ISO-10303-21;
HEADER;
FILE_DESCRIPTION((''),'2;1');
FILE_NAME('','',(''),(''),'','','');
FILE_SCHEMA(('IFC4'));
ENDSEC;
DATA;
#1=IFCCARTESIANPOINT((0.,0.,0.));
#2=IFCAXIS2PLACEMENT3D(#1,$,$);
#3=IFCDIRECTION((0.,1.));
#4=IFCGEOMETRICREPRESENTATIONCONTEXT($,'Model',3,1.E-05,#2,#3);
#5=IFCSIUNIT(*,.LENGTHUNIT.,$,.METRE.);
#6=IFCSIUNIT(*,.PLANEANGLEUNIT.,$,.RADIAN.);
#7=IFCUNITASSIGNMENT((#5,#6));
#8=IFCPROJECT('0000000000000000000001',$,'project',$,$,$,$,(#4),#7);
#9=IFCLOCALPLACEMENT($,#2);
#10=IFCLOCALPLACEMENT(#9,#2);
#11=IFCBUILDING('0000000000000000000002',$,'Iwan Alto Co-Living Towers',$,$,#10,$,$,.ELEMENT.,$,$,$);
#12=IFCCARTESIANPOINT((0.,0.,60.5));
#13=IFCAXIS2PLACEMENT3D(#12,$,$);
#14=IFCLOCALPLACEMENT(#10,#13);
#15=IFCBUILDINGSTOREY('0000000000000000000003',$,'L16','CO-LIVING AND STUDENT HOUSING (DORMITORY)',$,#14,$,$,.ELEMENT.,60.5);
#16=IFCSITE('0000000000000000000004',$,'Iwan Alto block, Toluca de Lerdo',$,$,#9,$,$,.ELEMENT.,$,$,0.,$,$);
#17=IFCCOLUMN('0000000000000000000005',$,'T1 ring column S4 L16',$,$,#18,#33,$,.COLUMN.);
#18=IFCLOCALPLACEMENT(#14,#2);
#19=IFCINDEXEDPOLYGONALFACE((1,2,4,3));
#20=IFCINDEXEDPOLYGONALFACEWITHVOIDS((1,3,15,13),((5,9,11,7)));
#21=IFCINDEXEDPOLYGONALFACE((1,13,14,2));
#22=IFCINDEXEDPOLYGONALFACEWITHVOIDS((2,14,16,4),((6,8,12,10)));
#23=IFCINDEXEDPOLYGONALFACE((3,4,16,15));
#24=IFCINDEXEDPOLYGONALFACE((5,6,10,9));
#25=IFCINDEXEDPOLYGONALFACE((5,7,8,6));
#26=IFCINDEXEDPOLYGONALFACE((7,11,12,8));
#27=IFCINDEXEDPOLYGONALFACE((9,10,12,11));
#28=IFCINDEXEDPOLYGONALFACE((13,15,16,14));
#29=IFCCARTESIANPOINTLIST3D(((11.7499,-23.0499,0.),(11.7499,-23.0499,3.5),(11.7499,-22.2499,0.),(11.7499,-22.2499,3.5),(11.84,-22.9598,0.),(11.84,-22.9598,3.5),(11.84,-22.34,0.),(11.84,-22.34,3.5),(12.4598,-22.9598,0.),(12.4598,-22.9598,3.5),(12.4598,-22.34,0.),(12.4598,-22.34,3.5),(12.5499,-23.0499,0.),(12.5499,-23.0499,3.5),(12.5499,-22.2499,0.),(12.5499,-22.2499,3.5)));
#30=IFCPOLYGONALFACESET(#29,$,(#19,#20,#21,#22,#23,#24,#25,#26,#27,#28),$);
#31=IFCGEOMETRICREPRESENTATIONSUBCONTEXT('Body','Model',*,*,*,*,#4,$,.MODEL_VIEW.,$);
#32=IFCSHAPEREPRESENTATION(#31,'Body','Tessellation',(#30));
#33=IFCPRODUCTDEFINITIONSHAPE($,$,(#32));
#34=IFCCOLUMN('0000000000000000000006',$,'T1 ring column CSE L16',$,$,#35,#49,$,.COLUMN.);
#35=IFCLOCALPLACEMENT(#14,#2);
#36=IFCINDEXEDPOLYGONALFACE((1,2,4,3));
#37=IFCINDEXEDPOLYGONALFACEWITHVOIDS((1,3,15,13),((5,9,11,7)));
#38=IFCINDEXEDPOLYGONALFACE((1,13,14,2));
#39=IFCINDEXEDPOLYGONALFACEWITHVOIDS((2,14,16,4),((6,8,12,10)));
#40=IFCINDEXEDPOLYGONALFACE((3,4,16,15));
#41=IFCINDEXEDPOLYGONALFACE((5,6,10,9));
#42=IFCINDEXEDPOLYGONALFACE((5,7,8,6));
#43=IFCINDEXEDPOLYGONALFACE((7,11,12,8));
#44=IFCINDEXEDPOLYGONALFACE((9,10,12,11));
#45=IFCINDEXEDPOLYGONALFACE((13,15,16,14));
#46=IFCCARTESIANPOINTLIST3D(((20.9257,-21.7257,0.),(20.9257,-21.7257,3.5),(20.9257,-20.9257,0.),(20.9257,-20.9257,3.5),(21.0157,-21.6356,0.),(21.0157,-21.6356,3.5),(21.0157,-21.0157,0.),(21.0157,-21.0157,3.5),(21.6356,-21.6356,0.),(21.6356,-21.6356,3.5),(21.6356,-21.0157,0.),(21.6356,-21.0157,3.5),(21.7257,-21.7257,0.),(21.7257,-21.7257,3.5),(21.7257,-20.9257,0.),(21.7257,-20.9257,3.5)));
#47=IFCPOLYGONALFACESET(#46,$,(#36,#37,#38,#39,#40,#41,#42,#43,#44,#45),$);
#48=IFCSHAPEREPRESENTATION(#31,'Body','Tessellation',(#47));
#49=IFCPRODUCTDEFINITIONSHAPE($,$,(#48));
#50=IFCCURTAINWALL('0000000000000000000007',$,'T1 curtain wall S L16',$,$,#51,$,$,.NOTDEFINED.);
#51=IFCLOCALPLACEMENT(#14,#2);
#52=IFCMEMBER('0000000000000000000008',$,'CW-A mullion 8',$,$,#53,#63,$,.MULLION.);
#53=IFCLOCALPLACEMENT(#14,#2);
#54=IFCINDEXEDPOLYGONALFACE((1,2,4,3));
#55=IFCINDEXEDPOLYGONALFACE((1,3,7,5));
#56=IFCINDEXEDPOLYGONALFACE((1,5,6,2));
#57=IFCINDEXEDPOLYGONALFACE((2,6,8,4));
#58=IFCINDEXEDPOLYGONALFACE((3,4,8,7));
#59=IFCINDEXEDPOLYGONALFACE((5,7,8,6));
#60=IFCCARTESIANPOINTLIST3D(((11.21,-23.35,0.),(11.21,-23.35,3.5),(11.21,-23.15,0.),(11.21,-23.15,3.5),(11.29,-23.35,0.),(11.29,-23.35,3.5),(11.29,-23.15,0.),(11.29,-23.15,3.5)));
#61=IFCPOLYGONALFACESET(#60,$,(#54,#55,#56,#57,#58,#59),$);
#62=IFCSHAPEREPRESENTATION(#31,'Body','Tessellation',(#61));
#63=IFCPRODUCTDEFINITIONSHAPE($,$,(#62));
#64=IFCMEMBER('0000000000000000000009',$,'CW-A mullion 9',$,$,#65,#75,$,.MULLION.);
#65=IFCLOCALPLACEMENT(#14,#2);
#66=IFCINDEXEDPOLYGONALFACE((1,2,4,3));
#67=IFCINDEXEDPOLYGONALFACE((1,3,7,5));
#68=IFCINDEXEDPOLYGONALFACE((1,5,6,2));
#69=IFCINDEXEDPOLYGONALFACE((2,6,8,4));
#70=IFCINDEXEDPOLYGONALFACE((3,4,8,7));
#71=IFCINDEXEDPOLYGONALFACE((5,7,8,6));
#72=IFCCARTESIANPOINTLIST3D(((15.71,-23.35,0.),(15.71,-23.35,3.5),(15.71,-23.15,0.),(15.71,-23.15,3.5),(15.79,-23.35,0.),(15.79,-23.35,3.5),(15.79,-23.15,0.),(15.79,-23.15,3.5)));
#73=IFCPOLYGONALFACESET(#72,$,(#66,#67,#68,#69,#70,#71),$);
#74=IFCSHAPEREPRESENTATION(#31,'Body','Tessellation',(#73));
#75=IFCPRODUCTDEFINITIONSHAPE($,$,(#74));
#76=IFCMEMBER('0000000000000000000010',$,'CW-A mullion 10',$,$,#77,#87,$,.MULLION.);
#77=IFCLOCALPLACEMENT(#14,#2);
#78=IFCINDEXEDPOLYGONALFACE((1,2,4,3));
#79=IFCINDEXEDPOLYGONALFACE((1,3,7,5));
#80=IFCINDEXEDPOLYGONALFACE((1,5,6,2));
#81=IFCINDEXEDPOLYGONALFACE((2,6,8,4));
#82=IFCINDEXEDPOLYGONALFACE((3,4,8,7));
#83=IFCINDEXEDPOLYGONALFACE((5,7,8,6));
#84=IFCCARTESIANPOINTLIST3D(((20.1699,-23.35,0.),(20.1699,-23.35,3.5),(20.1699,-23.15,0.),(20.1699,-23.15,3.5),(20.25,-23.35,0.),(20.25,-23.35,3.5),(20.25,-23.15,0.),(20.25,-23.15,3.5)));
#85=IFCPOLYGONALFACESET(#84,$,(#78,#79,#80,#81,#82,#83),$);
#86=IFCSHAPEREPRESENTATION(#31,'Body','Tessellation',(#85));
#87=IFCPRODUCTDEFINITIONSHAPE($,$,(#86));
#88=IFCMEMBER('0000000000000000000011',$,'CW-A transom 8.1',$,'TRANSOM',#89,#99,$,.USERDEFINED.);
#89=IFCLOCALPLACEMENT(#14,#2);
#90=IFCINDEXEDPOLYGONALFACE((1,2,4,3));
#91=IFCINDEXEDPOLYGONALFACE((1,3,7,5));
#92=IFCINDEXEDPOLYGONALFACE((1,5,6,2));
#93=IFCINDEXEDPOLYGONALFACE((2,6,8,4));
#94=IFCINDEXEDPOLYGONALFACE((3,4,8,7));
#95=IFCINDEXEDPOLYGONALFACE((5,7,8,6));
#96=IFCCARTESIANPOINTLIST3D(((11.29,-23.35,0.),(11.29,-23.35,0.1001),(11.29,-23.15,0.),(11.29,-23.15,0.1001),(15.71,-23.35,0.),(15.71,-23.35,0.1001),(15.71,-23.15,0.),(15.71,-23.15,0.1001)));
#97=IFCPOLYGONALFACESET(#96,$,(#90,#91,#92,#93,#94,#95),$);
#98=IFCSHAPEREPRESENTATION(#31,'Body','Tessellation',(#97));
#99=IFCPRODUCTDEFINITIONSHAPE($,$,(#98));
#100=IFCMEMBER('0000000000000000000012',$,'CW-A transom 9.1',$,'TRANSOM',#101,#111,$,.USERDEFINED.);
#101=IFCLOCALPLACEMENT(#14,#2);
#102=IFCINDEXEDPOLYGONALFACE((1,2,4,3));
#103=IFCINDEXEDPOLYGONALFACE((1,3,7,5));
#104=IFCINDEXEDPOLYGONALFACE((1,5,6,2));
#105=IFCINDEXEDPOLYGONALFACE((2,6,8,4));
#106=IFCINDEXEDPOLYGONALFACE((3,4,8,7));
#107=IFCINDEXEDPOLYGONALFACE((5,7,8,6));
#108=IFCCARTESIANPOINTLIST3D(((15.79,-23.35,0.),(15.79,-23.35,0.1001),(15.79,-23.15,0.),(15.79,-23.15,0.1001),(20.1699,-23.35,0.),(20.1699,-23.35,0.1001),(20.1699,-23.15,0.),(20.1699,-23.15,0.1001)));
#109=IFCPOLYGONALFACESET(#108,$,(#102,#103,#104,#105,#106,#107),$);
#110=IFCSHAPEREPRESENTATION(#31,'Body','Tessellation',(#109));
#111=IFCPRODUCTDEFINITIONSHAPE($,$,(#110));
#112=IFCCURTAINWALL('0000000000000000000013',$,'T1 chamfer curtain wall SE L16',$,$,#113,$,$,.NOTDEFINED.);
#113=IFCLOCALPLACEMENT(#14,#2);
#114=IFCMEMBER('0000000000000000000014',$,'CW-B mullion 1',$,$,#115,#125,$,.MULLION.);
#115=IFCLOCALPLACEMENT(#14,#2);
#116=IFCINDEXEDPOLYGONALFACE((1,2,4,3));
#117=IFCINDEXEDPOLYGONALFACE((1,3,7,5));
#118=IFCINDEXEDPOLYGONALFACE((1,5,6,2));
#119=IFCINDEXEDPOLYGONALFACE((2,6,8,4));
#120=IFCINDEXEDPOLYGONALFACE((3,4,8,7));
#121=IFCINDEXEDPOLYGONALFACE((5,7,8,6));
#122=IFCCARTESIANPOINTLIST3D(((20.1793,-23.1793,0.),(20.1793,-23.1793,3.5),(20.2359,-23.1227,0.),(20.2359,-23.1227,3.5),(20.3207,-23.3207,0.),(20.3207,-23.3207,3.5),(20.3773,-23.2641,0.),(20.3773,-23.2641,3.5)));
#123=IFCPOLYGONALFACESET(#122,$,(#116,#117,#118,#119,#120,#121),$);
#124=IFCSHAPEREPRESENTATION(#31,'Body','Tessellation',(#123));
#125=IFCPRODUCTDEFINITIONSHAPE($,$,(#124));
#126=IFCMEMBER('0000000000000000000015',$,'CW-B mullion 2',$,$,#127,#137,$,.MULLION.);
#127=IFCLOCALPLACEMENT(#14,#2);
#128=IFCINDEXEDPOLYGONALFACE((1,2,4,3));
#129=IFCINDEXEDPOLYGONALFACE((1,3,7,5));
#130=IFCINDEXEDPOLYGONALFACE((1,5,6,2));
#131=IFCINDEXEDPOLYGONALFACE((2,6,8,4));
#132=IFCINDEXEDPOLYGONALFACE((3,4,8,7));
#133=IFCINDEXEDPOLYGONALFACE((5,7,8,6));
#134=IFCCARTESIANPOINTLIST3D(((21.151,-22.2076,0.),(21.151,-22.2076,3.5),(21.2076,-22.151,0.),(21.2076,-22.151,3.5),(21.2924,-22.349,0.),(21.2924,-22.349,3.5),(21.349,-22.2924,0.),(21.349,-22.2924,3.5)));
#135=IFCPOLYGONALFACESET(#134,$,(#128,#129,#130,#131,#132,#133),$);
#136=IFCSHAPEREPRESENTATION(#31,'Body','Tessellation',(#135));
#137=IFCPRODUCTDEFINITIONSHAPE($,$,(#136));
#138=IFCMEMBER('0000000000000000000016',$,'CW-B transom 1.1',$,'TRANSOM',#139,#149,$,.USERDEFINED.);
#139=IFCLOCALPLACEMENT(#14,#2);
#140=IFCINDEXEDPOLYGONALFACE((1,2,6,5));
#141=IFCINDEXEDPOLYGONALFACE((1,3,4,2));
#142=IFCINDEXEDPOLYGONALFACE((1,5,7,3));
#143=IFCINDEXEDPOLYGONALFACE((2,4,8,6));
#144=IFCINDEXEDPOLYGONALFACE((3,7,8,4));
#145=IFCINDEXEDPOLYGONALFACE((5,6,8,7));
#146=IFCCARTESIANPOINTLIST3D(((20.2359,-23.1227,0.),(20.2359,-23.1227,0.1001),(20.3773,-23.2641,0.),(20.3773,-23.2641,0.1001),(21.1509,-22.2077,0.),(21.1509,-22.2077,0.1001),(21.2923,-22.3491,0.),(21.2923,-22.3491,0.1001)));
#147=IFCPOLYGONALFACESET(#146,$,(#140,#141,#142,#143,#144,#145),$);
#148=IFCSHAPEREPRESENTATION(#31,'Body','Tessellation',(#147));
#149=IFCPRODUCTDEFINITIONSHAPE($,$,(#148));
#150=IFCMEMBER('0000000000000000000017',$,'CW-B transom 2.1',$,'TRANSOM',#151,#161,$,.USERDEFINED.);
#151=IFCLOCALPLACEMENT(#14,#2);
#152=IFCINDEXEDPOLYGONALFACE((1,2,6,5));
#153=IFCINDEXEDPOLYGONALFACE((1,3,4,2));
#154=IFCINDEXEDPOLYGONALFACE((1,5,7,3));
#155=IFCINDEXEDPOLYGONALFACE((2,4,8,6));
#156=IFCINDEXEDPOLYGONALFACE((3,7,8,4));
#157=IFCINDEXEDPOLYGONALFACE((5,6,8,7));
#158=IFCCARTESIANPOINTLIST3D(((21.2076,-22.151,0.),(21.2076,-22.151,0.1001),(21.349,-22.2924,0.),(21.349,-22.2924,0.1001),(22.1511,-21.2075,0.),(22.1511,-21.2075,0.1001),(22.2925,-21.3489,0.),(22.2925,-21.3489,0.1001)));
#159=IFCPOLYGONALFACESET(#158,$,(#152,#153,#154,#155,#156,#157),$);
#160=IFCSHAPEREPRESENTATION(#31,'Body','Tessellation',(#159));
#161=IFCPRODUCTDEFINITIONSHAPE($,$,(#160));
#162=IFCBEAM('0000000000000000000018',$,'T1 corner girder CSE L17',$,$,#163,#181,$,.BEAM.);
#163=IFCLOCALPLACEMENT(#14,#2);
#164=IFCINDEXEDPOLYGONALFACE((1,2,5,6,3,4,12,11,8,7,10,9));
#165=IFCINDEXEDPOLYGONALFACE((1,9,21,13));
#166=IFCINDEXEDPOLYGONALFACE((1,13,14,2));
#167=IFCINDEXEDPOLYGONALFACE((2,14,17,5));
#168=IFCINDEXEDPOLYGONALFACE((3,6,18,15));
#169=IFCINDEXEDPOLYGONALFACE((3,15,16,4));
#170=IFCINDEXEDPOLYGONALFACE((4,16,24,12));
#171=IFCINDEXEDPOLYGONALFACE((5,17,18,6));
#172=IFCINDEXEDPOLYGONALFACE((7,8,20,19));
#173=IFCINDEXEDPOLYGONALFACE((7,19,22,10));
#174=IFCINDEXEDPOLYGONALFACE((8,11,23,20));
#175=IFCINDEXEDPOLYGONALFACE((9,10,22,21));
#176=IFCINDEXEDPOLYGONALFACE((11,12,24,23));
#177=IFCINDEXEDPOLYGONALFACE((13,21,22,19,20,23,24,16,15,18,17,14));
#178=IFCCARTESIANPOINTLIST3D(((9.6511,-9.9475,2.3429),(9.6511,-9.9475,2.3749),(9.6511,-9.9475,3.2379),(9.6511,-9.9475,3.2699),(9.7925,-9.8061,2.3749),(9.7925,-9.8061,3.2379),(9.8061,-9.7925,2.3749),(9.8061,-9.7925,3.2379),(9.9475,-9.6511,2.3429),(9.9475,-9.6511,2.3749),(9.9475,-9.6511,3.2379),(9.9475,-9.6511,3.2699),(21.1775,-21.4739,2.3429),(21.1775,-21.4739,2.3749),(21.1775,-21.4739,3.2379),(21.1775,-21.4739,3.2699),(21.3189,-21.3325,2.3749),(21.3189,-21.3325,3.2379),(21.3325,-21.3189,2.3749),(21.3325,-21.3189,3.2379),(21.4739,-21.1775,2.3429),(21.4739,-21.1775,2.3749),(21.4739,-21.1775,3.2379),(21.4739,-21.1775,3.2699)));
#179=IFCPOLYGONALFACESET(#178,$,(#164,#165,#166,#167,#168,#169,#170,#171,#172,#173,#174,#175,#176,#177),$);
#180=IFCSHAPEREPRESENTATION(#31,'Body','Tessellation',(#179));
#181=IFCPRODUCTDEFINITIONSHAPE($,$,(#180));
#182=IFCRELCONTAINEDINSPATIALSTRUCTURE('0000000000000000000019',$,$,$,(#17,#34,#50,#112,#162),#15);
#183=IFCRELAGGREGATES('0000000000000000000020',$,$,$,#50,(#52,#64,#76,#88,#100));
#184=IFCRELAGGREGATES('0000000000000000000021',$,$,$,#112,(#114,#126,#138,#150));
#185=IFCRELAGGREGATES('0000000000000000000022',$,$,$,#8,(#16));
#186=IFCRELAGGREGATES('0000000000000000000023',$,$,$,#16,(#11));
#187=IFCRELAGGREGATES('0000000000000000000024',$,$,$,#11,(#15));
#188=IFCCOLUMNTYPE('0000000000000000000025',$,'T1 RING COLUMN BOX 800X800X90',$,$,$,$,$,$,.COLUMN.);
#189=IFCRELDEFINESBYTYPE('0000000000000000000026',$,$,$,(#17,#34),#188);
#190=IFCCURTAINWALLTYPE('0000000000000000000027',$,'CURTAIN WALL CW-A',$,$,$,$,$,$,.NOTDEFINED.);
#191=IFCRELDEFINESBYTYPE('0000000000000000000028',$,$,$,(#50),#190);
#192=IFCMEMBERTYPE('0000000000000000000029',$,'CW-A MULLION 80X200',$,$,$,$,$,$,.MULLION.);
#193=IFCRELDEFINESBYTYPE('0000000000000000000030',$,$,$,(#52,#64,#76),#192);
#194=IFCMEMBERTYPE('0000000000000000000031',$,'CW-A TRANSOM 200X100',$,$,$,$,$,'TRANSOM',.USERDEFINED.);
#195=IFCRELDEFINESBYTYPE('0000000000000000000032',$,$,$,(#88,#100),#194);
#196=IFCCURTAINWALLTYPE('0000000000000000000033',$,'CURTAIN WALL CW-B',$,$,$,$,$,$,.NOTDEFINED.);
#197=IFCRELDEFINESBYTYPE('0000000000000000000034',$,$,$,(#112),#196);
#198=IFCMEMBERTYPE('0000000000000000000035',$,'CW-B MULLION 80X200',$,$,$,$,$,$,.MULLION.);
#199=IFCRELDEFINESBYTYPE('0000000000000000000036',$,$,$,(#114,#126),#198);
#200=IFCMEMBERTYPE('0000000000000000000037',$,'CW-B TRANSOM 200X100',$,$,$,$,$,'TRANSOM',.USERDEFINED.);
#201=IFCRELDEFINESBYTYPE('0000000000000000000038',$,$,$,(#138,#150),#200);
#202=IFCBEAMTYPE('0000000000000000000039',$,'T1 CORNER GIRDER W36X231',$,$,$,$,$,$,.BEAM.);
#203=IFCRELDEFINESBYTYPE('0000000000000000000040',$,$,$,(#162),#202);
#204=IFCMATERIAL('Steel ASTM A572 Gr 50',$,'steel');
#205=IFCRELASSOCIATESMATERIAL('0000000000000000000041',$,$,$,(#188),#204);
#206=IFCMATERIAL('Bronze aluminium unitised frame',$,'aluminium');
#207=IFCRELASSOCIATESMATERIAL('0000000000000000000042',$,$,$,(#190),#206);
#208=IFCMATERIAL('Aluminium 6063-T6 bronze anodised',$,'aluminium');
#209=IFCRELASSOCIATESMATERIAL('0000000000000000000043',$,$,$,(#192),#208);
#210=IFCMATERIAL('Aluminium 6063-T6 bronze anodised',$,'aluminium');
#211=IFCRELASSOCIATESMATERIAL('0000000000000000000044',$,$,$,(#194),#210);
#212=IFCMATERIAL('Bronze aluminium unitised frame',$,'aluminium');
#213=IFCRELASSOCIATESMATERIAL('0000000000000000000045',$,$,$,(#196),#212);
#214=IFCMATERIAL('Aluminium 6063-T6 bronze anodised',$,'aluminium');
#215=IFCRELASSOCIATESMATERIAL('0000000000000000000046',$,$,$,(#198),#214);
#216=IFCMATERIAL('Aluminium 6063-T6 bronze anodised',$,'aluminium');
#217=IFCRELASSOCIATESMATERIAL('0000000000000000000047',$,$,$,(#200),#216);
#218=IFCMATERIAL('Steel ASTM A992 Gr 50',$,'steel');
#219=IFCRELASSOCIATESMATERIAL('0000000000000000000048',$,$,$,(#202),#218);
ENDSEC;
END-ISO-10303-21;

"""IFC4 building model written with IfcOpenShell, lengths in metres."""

from ifc_helpers import new_model, si_unit, direction, frame, origin, origin_2d, place, context, subcontext, project, spatial, rectangle, hollow_rectangle, i_section, extrude, material, material_profile, profile_set, type_object, element, aggregate, save


model = new_model("IFC4")

# Units and contexts
model_context = context("Model", 3, precision=1e-05, world=origin(), true_north=direction((0.0, 1.0)))
body_context = subcontext(model_context, "Body", "Model", "MODEL_VIEW")
ifc_project = project(units=[si_unit("LENGTHUNIT", "METRE"), si_unit("PLANEANGLEUNIT", "RADIAN")], contexts=[model_context])

# Site, building, storey
site_placement = place(None, origin())
site = spatial("IfcSite", under=ifc_project, at=site_placement, Name="Iwan Alto block, Toluca de Lerdo", CompositionType="ELEMENT", RefElevation=0.0)
building_placement = place(site_placement, origin())
building = spatial("IfcBuilding", under=site, at=building_placement, Name="Iwan Alto Co-Living Towers", CompositionType="ELEMENT")
storey_placement = place(building_placement, frame((0.0, 0.0, 60.5)))
storey = spatial("IfcBuildingStorey", under=building, at=storey_placement, Name="L16", Description="CO-LIVING AND STUDENT HOUSING (DORMITORY)", CompositionType="ELEMENT", Elevation=60.5)

# Columns
ifc_material_1 = material(Name="Steel ASTM A572 Gr 50", Category="steel")
ifc_material_profile_1 = material_profile(ifc_material_1, hollow_rectangle(XDim=0.8, YDim=0.8, WallThickness=0.0901, at=origin_2d()), Name="BOX 800X800X90")
ifc_profile_set_1 = profile_set([ifc_material_profile_1], Name="Steel ASTM A572 Gr 50")
column_type = type_object("IfcColumnType", Name="T1 RING COLUMN BOX 800X800X90", PredefinedType="COLUMN", material=ifc_profile_set_1)
for number, where, z_axis, x_axis, name in (
    (1, (12.1499, -22.6499, 0.0), (0.0, 0.0, 1.0), (1.0, 0.0, 0.0), "T1 ring column S4 L16"),
    (2, (21.3257, -21.3257, 0.0), (0.0, 0.0, 1.0), (1.0, 0.0, 0.0), "T1 ring column CSE L16"),
):
    element("IfcColumn", number, at=place(storey_placement, frame(where, z_axis=z_axis, x_axis=x_axis)), inside=storey, type_object=column_type, Name=name, PredefinedType="COLUMN", context=body_context, shape_type="SweptSolid", body=[
        extrude(hollow_rectangle(XDim=0.8, YDim=0.8, WallThickness=0.0901, at=origin_2d()), origin(), (0.0, 0.0, 1.0), 3.5),
    ])

# Curtain walls, members
ifc_material_2 = material(Name="Bronze aluminium unitised frame", Category="aluminium")
curtain_wall_type_1 = type_object("IfcCurtainWallType", Name="CURTAIN WALL CW-A", PredefinedType="NOTDEFINED", material=ifc_material_2)
curtain_wall_1_placement = place(storey_placement, origin())
curtain_wall_1 = element("IfcCurtainWall", 3, at=curtain_wall_1_placement, inside=storey, type_object=curtain_wall_type_1, Name="T1 curtain wall S L16", PredefinedType="NOTDEFINED")
ifc_material_3 = material(Name="Aluminium 6063-T6 bronze anodised", Category="aluminium")
ifc_material_profile_2 = material_profile(ifc_material_3, rectangle(XDim=0.2, YDim=0.0801, at=origin_2d()), Name="AL 80X200")
ifc_profile_set_2 = profile_set([ifc_material_profile_2], Name="Aluminium 6063-T6 bronze anodised")
member_type_1 = type_object("IfcMemberType", Name="CW-A MULLION 80X200", PredefinedType="MULLION", material=ifc_profile_set_2)
member_1_placement = place(storey_placement, frame((11.25, -23.25, 0.0), z_axis=(0.0, 0.0, 1.0), x_axis=(0.0, 1.0, 0.0)))
member_1 = element("IfcMember", 4, at=member_1_placement, type_object=member_type_1, Name="CW-A mullion 8", PredefinedType="MULLION", context=body_context, shape_type="SweptSolid", body=[
    extrude(rectangle(XDim=0.2, YDim=0.0801, at=origin_2d()), origin(), (0.0, 0.0, 1.0), 3.5),
])
member_2_placement = place(storey_placement, frame((15.75, -23.25, 0.0), z_axis=(0.0, 0.0, 1.0), x_axis=(0.0, 1.0, 0.0)))
member_2 = element("IfcMember", 5, at=member_2_placement, type_object=member_type_1, Name="CW-A mullion 9", PredefinedType="MULLION", context=body_context, shape_type="SweptSolid", body=[
    extrude(rectangle(XDim=0.2, YDim=0.0801, at=origin_2d()), origin(), (0.0, 0.0, 1.0), 3.5),
])
member_3_placement = place(storey_placement, frame((20.21, -23.25, 0.0), z_axis=(0.0, 0.0, 1.0), x_axis=(0.0, 1.0, 0.0)))
member_3 = element("IfcMember", 6, at=member_3_placement, type_object=member_type_1, Name="CW-A mullion 10", PredefinedType="MULLION", context=body_context, shape_type="SweptSolid", body=[
    extrude(rectangle(XDim=0.2, YDim=0.0801, at=origin_2d()), origin(), (0.0, 0.0, 1.0), 3.5),
])
ifc_material_4 = material(Name="Aluminium 6063-T6 bronze anodised", Category="aluminium")
ifc_material_profile_3 = material_profile(ifc_material_4, rectangle(XDim=0.2, YDim=0.1001, at=origin_2d()), Name="AL 200X100")
ifc_profile_set_3 = profile_set([ifc_material_profile_3], Name="Aluminium 6063-T6 bronze anodised")
member_type_2 = type_object("IfcMemberType", Name="CW-A TRANSOM 200X100", ElementType="TRANSOM", PredefinedType="USERDEFINED", material=ifc_profile_set_3)
member_4_placement = place(storey_placement, frame((11.29, -23.25, 0.05), z_axis=(1.0, 0.0, 0.0), x_axis=(0.0, 1.0, 0.0)))
member_4 = element("IfcMember", 7, at=member_4_placement, type_object=member_type_2, Name="CW-A transom 8.1", ObjectType="TRANSOM", PredefinedType="USERDEFINED", context=body_context, shape_type="SweptSolid", body=[
    extrude(rectangle(XDim=0.2, YDim=0.1001, at=origin_2d()), origin(), (0.0, 0.0, 1.0), 4.4199),
])
member_5_placement = place(storey_placement, frame((15.79, -23.25, 0.05), z_axis=(1.0, 0.0, 0.0), x_axis=(0.0, 1.0, 0.0)))
member_5 = element("IfcMember", 8, at=member_5_placement, type_object=member_type_2, Name="CW-A transom 9.1", ObjectType="TRANSOM", PredefinedType="USERDEFINED", context=body_context, shape_type="SweptSolid", body=[
    extrude(rectangle(XDim=0.2, YDim=0.1001, at=origin_2d()), origin(), (0.0, 0.0, 1.0), 4.3799),
])
ifc_material_5 = material(Name="Bronze aluminium unitised frame", Category="aluminium")
curtain_wall_type_2 = type_object("IfcCurtainWallType", Name="CURTAIN WALL CW-B", PredefinedType="NOTDEFINED", material=ifc_material_5)
curtain_wall_2_placement = place(storey_placement, origin())
curtain_wall_2 = element("IfcCurtainWall", 9, at=curtain_wall_2_placement, inside=storey, type_object=curtain_wall_type_2, Name="T1 chamfer curtain wall SE L16", PredefinedType="NOTDEFINED")
ifc_material_6 = material(Name="Aluminium 6063-T6 bronze anodised", Category="aluminium")
ifc_material_profile_4 = material_profile(ifc_material_6, rectangle(XDim=0.2, YDim=0.0801, at=origin_2d()), Name="AL 80X200")
ifc_profile_set_4 = profile_set([ifc_material_profile_4], Name="Aluminium 6063-T6 bronze anodised")
member_type_3 = type_object("IfcMemberType", Name="CW-B MULLION 80X200", PredefinedType="MULLION", material=ifc_profile_set_4)
member_6_placement = place(storey_placement, frame((20.2783, -23.2217, 0.0), z_axis=(0.0, 0.0, 1.0), x_axis=(-0.707107, 0.707107, 0.0)))
member_6 = element("IfcMember", 10, at=member_6_placement, type_object=member_type_3, Name="CW-B mullion 1", PredefinedType="MULLION", context=body_context, shape_type="SweptSolid", body=[
    extrude(rectangle(XDim=0.2, YDim=0.0801, at=origin_2d()), origin(), (0.0, 0.0, 1.0), 3.5),
])
member_7_placement = place(storey_placement, frame((21.25, -22.25, 0.0), z_axis=(0.0, 0.0, 1.0), x_axis=(-0.707107, 0.707107, 0.0)))
member_7 = element("IfcMember", 11, at=member_7_placement, type_object=member_type_3, Name="CW-B mullion 2", PredefinedType="MULLION", context=body_context, shape_type="SweptSolid", body=[
    extrude(rectangle(XDim=0.2, YDim=0.0801, at=origin_2d()), origin(), (0.0, 0.0, 1.0), 3.5),
])
ifc_material_7 = material(Name="Aluminium 6063-T6 bronze anodised", Category="aluminium")
ifc_material_profile_5 = material_profile(ifc_material_7, rectangle(XDim=0.2, YDim=0.1001, at=origin_2d()), Name="AL 200X100")
ifc_profile_set_5 = profile_set([ifc_material_profile_5], Name="Aluminium 6063-T6 bronze anodised")
member_type_4 = type_object("IfcMemberType", Name="CW-B TRANSOM 200X100", ElementType="TRANSOM", PredefinedType="USERDEFINED", material=ifc_profile_set_5)
member_8_placement = place(storey_placement, frame((20.3066, -23.1934, 0.05), z_axis=(0.707107, 0.707107, 0.0), x_axis=(-0.707107, 0.707107, 0.0)))
member_8 = element("IfcMember", 12, at=member_8_placement, type_object=member_type_4, Name="CW-B transom 1.1", ObjectType="TRANSOM", PredefinedType="USERDEFINED", context=body_context, shape_type="SweptSolid", body=[
    extrude(rectangle(XDim=0.2, YDim=0.1001, at=origin_2d()), origin(), (0.0, 0.0, 1.0), 1.2939),
])
member_9_placement = place(storey_placement, frame((21.2783, -22.2217, 0.05), z_axis=(0.707107, 0.707107, 0.0), x_axis=(-0.707107, 0.707107, 0.0)))
member_9 = element("IfcMember", 13, at=member_9_placement, type_object=member_type_4, Name="CW-B transom 2.1", ObjectType="TRANSOM", PredefinedType="USERDEFINED", context=body_context, shape_type="SweptSolid", body=[
    extrude(rectangle(XDim=0.2, YDim=0.1001, at=origin_2d()), origin(), (0.0, 0.0, 1.0), 1.3342),
])

# Beam
ifc_material_8 = material(Name="Steel ASTM A992 Gr 50", Category="steel")
ifc_material_profile_6 = material_profile(ifc_material_8, i_section(OverallWidth=0.4192, OverallDepth=0.927, WebThickness=0.0193, FlangeThickness=0.032, at=origin_2d()), Name="W36X231")
ifc_profile_set_6 = profile_set([ifc_material_profile_6], Name="Steel ASTM A992 Gr 50")
beam_type_1 = type_object("IfcBeamType", Name="T1 CORNER GIRDER W36X231", PredefinedType="BEAM", material=ifc_profile_set_6)
beam_1_placement = place(storey_placement, frame((21.3257, -21.3257, 2.8064), z_axis=(-0.707107, 0.707107, 0.0), x_axis=(-0.707107, -0.707107, 0.0)))
element("IfcBeam", 14, at=beam_1_placement, inside=storey, type_object=beam_type_1, Name="T1 corner girder CSE L17", PredefinedType="BEAM", context=body_context, shape_type="SweptSolid", body=[
    extrude(i_section(OverallWidth=0.4192, OverallDepth=0.927, WebThickness=0.0193, FlangeThickness=0.032, at=origin_2d()), origin(), (0.0, 0.0, 1.0), 16.3008),
])

aggregate(curtain_wall_1, [member_1, member_2, member_3, member_4, member_5])
aggregate(curtain_wall_2, [member_6, member_7, member_8, member_9])

save(model, "model.ifc")
